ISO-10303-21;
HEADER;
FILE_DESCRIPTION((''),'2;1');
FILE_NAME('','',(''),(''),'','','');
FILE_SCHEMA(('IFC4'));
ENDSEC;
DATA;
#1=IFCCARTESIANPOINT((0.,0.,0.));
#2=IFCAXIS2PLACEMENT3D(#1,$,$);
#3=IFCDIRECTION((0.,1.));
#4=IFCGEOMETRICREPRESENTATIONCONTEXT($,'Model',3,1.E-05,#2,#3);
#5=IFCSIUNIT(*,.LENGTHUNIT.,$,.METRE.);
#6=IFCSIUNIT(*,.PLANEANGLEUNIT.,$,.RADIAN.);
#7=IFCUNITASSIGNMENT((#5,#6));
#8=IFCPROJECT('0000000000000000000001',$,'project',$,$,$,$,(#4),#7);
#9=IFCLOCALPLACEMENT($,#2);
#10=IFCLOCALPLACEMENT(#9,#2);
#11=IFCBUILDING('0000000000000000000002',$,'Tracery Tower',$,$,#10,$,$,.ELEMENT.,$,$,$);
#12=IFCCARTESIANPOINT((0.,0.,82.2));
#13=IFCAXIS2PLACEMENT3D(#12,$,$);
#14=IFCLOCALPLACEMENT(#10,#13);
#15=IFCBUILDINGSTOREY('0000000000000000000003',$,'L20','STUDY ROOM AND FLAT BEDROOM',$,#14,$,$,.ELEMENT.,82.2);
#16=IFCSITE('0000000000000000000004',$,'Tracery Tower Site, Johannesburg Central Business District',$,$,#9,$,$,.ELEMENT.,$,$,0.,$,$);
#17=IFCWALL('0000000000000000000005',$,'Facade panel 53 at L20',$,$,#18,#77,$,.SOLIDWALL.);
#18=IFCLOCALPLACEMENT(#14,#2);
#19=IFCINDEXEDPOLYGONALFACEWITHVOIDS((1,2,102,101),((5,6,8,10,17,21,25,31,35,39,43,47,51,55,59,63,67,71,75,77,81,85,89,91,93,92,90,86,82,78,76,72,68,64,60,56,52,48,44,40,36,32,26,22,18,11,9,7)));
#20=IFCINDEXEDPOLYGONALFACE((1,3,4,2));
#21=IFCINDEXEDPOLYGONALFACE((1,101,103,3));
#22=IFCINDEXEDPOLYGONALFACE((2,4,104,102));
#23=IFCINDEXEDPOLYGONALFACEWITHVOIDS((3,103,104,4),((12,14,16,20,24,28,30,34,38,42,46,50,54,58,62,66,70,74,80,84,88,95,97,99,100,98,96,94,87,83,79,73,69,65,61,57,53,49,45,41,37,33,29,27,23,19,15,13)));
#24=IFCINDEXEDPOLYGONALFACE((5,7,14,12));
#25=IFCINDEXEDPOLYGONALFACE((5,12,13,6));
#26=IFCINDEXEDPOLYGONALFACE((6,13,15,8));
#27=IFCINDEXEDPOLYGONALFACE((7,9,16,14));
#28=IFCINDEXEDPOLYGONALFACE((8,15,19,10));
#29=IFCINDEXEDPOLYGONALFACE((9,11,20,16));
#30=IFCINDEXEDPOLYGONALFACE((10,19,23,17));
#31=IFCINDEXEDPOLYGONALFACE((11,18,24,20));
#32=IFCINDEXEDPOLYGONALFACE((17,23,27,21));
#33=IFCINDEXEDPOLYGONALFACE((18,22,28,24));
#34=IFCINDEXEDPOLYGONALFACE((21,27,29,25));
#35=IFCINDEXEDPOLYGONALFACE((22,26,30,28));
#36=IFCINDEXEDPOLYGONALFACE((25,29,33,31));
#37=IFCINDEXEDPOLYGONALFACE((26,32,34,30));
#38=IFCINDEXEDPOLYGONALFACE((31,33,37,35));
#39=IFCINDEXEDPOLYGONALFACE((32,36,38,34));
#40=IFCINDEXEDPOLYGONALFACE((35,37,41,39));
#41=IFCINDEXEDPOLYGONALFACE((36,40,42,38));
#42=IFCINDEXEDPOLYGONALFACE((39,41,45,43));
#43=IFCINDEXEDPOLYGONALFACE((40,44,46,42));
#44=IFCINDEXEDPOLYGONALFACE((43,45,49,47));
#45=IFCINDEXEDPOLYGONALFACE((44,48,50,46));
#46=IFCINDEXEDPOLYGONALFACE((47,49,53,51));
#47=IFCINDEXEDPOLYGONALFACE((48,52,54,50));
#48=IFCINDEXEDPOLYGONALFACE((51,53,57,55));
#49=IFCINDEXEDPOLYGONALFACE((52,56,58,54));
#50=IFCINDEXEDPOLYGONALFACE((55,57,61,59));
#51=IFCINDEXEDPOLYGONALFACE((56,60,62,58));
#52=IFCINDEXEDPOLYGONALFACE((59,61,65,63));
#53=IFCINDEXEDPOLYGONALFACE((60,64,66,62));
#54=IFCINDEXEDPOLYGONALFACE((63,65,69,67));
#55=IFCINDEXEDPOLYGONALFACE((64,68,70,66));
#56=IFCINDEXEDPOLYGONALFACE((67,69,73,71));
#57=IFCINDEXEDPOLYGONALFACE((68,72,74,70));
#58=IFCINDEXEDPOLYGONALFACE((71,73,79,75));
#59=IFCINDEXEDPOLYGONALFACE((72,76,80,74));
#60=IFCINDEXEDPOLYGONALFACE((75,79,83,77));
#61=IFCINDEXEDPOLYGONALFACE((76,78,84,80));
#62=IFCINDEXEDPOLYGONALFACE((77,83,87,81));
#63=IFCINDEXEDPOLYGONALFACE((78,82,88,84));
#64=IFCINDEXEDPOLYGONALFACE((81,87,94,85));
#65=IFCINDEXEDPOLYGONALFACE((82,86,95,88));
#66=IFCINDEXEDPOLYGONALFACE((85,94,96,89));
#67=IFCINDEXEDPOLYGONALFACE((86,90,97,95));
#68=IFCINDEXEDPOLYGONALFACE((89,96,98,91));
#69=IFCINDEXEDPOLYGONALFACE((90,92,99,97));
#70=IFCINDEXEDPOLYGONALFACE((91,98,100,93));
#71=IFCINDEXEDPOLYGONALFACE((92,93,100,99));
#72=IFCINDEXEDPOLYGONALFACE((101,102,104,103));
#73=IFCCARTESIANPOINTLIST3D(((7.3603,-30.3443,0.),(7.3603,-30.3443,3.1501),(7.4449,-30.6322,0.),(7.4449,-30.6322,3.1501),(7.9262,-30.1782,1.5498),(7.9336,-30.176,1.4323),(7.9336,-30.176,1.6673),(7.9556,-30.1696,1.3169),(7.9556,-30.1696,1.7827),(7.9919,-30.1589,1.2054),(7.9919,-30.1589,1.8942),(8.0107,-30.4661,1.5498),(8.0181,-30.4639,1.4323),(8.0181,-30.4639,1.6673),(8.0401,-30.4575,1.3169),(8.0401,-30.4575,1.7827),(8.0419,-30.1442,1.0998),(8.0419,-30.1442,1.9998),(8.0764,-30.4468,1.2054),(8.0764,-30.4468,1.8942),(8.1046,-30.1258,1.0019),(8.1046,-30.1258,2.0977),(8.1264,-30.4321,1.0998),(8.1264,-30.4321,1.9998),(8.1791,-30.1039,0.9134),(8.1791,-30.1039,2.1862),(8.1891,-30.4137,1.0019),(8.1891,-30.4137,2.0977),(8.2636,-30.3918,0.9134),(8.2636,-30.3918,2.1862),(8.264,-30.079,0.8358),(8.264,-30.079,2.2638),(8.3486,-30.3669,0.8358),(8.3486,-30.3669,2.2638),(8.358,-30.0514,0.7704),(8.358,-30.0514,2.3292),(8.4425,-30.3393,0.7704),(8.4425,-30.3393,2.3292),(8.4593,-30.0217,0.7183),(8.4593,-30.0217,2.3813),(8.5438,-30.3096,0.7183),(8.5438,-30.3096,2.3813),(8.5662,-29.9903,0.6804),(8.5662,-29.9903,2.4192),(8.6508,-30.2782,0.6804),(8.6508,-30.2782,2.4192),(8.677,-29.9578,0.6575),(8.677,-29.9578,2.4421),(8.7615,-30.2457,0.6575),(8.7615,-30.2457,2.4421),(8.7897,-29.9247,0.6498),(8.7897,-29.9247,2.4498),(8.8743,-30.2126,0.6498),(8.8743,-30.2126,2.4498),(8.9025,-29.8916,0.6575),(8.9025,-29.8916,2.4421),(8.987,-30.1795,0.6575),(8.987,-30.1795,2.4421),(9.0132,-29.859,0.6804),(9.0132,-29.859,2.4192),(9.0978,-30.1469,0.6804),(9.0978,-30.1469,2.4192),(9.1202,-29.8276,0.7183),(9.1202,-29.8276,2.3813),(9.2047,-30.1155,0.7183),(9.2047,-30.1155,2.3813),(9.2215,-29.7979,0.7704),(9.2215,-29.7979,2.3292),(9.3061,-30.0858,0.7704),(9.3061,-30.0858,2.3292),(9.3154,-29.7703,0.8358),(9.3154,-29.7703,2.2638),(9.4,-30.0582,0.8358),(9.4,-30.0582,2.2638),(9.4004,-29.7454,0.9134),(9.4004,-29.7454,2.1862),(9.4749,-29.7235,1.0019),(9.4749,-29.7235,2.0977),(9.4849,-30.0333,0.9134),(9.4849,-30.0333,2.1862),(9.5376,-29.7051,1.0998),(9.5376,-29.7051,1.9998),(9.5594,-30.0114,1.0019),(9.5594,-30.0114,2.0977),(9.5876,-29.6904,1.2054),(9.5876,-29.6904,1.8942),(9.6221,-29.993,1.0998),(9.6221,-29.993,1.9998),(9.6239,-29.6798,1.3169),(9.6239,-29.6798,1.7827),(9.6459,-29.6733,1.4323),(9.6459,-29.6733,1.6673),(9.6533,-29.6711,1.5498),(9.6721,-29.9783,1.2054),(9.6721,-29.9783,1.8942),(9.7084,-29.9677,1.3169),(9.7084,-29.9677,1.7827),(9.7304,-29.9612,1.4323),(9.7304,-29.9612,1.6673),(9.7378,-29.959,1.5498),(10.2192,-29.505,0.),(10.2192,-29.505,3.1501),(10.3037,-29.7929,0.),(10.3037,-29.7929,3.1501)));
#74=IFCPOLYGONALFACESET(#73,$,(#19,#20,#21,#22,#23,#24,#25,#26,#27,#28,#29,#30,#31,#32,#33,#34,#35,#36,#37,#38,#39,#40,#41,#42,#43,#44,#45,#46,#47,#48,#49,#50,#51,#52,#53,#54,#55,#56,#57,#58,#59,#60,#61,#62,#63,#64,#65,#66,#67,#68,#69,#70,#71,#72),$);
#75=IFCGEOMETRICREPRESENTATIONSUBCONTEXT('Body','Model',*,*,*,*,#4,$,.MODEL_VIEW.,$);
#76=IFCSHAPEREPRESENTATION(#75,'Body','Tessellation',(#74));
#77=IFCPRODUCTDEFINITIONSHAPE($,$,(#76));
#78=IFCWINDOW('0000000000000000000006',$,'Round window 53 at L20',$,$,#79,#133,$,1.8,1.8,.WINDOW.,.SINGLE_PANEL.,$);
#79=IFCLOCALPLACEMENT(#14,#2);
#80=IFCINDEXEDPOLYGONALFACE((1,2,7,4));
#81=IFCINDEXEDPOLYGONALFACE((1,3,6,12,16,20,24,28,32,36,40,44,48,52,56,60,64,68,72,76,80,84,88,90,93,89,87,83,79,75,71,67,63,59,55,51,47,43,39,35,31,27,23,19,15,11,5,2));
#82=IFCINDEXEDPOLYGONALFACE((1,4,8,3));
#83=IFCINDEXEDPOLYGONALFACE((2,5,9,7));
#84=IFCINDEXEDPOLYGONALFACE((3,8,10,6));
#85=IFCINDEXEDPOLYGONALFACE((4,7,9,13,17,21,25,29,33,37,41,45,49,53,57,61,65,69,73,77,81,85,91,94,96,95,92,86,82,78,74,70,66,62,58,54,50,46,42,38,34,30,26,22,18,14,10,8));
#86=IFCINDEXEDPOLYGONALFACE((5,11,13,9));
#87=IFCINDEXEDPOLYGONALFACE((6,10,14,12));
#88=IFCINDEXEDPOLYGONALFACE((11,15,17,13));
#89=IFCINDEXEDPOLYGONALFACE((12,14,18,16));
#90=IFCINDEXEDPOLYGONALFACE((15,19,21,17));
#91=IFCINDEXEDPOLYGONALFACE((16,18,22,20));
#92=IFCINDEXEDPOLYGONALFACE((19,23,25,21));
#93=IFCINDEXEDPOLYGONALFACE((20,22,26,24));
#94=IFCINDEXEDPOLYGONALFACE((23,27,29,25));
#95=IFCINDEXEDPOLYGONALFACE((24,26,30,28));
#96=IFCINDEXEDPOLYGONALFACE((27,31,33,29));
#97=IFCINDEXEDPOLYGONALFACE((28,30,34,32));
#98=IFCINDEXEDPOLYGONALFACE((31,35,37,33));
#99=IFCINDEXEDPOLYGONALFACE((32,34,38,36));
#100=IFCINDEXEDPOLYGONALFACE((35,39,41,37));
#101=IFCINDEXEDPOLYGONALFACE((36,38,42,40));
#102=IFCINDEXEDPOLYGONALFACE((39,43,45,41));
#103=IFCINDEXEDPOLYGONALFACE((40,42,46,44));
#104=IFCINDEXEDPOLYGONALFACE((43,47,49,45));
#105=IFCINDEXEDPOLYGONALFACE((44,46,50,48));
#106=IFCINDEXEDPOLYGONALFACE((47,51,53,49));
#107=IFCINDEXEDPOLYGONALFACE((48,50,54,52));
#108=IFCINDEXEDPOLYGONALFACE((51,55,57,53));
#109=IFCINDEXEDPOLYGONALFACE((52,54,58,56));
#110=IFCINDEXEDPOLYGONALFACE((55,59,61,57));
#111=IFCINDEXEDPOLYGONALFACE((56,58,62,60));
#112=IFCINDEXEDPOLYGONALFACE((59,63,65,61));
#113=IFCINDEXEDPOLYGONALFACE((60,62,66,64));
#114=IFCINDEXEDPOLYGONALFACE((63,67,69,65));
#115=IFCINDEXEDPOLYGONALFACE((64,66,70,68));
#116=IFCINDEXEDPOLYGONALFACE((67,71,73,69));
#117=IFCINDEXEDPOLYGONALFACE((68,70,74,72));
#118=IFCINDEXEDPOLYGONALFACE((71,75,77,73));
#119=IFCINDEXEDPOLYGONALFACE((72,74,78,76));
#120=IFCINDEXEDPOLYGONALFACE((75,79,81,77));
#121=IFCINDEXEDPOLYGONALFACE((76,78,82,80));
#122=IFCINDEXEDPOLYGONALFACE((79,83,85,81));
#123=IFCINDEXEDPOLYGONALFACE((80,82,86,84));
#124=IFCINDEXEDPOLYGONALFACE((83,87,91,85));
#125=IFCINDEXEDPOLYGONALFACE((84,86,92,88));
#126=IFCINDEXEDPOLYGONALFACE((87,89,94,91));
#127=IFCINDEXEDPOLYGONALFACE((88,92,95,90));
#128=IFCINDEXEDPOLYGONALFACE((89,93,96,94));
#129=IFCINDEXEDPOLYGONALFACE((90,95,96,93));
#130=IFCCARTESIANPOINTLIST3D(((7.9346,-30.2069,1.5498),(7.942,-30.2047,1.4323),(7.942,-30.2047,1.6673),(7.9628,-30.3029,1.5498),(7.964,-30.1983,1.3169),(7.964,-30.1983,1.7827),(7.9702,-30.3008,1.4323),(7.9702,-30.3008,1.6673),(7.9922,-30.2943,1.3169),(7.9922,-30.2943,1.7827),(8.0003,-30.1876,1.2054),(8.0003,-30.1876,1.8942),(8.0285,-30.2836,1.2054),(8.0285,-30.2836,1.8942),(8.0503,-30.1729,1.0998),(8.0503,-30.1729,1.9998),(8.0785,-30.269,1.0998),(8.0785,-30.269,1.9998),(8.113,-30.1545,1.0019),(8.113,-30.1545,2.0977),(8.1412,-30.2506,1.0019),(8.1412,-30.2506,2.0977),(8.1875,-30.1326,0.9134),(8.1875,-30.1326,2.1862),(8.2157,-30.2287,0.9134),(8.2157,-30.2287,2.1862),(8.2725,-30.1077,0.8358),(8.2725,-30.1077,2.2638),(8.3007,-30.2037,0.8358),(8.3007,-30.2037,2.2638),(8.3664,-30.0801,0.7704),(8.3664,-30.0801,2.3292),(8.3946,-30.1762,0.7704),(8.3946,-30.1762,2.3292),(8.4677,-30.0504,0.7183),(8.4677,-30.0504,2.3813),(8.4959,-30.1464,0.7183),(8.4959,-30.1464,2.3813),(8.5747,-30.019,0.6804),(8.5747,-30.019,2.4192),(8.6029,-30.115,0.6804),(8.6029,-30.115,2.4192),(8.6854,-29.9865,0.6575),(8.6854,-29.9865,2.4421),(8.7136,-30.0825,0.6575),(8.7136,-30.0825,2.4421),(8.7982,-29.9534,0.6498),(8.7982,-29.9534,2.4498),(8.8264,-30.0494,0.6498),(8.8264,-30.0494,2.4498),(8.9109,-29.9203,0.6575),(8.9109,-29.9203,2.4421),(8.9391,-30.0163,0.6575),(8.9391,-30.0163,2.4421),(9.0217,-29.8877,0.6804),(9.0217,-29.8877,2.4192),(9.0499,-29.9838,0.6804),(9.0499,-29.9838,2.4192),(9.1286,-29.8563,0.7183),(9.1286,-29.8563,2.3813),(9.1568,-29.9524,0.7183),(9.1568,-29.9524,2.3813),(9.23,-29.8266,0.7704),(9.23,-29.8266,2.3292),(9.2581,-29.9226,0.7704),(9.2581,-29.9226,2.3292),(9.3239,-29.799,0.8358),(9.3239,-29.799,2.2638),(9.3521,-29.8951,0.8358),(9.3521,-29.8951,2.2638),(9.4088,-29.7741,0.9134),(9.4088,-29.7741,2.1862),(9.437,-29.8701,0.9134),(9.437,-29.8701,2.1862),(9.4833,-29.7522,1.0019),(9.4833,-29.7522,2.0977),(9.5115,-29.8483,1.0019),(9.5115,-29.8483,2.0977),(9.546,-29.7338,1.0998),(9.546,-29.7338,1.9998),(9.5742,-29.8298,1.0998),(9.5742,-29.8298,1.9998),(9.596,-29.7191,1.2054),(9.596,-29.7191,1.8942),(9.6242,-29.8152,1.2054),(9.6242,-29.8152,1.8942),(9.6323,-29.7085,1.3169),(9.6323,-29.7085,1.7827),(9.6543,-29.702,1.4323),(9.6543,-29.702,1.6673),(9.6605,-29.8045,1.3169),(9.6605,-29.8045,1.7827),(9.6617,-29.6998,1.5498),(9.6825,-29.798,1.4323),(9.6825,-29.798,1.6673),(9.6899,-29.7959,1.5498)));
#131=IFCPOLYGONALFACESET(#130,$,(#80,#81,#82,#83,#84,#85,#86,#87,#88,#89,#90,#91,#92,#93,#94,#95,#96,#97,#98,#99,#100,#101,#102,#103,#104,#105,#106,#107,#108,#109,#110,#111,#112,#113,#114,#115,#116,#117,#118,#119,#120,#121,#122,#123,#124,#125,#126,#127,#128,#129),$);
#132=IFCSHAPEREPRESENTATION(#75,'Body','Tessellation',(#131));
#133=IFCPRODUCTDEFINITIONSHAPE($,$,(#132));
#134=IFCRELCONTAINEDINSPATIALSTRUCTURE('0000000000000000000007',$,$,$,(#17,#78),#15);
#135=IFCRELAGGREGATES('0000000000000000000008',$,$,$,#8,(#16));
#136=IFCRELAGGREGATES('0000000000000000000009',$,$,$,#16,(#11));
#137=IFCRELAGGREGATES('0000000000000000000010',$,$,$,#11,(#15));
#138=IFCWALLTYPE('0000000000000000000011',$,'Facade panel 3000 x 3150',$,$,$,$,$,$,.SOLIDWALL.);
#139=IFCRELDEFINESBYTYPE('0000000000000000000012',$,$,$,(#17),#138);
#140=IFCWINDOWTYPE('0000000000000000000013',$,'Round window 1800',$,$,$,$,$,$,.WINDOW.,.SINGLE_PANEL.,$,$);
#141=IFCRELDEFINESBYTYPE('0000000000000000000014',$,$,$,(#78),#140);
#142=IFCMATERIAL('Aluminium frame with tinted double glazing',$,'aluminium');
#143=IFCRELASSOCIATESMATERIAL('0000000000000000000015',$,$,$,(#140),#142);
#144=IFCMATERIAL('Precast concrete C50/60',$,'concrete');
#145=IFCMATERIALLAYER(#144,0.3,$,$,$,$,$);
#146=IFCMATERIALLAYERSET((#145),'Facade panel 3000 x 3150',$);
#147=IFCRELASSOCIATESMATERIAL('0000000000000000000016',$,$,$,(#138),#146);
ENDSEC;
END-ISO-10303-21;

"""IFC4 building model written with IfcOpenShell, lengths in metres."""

from ifc_helpers import new_model, si_unit, direction, frame, frame_2d, origin, origin_2d, place, context, subcontext, project, spatial, rectangle, circle, extrude, material, layer, layer_set, type_object, element, fill, save


model = new_model("IFC4")

# Units and contexts
model_context = context("Model", 3, precision=1e-05, world=origin(), true_north=direction((0.0, 1.0)))
body_context = subcontext(model_context, "Body", "Model", "MODEL_VIEW")
ifc_project = project(units=[si_unit("LENGTHUNIT", "METRE"), si_unit("PLANEANGLEUNIT", "RADIAN")], contexts=[model_context])

# Site, building, storey
site_placement = place(None, origin())
site = spatial("IfcSite", under=ifc_project, at=site_placement, Name="Tracery Tower Site, Johannesburg Central Business District", CompositionType="ELEMENT", RefElevation=0.0)
building_placement = place(site_placement, origin())
building = spatial("IfcBuilding", under=site, at=building_placement, Name="Tracery Tower", CompositionType="ELEMENT")
storey_placement = place(building_placement, frame((0.0, 0.0, 82.2)))
storey = spatial("IfcBuildingStorey", under=building, at=storey_placement, Name="L20", Description="STUDY ROOM AND FLAT BEDROOM", CompositionType="ELEMENT", Elevation=82.2)

# Wall, opening, window
ifc_material_1 = material(Name="Aluminium frame with tinted double glazing", Category="aluminium")
window_type = type_object("IfcWindowType", Name="Round window 1800", PartitioningType="SINGLE_PANEL", PredefinedType="WINDOW", material=ifc_material_1)
ifc_material_2 = material(Name="Precast concrete C50/60", Category="concrete")
ifc_layer_1 = layer(ifc_material_2, 0.3)
ifc_layer_set_1 = layer_set([ifc_layer_1], Name="Facade panel 3000 x 3150")
wall_type_1 = type_object("IfcWallType", Name="Facade panel 3000 x 3150", PredefinedType="SOLIDWALL", material=ifc_layer_set_1)
wall_1_placement = place(storey_placement, frame((7.4026, -30.4883, 0.0), z_axis=(0.0, 0.0, 1.0), x_axis=(0.959501, 0.281705, 0.0)))
wall_1 = element("IfcWall", 1, at=wall_1_placement, inside=storey, type_object=wall_type_1, Name="Facade panel 53 at L20", PredefinedType="SOLIDWALL", context=body_context, shape_type="SweptSolid", body=[
    extrude(rectangle(XDim=2.9795, YDim=0.3, at=frame_2d((1.4897, 0.0))), origin(), (0.0, 0.0, 1.0), 3.1501),
])
opening_1_placement = place(wall_1_placement, frame((1.4897, 0.0, 1.5498)))
opening_1 = element("IfcOpeningElement", 2, at=opening_1_placement, cuts=wall_1, PredefinedType="OPENING", context=body_context, shape_type="SweptSolid", body=[
    extrude(circle(Radius=0.9, at=origin_2d()), frame((0.0, 0.1599, 0.0), z_axis=(0.0, -1.0, 0.0), x_axis=(1.0, 0.0, 0.0)), (0.0, 0.0, 1.0), 0.3201),
])
window_1_placement = place(opening_1_placement, origin())
window_1 = element("IfcWindow", 3, at=window_1_placement, inside=storey, type_object=window_type, Name="Round window 53 at L20", OverallHeight=1.8, OverallWidth=1.8, PartitioningType="SINGLE_PANEL", PredefinedType="WINDOW", context=body_context, shape_type="SweptSolid", body=[
    extrude(circle(Radius=0.9, at=origin_2d()), frame((0.0, 0.1201, 0.0), z_axis=(0.0, -1.0, 0.0), x_axis=(1.0, 0.0, 0.0)), (0.0, 0.0, 1.0), 0.1001),
])
fill(opening_1, window_1)

save(model, "model.ifc")
